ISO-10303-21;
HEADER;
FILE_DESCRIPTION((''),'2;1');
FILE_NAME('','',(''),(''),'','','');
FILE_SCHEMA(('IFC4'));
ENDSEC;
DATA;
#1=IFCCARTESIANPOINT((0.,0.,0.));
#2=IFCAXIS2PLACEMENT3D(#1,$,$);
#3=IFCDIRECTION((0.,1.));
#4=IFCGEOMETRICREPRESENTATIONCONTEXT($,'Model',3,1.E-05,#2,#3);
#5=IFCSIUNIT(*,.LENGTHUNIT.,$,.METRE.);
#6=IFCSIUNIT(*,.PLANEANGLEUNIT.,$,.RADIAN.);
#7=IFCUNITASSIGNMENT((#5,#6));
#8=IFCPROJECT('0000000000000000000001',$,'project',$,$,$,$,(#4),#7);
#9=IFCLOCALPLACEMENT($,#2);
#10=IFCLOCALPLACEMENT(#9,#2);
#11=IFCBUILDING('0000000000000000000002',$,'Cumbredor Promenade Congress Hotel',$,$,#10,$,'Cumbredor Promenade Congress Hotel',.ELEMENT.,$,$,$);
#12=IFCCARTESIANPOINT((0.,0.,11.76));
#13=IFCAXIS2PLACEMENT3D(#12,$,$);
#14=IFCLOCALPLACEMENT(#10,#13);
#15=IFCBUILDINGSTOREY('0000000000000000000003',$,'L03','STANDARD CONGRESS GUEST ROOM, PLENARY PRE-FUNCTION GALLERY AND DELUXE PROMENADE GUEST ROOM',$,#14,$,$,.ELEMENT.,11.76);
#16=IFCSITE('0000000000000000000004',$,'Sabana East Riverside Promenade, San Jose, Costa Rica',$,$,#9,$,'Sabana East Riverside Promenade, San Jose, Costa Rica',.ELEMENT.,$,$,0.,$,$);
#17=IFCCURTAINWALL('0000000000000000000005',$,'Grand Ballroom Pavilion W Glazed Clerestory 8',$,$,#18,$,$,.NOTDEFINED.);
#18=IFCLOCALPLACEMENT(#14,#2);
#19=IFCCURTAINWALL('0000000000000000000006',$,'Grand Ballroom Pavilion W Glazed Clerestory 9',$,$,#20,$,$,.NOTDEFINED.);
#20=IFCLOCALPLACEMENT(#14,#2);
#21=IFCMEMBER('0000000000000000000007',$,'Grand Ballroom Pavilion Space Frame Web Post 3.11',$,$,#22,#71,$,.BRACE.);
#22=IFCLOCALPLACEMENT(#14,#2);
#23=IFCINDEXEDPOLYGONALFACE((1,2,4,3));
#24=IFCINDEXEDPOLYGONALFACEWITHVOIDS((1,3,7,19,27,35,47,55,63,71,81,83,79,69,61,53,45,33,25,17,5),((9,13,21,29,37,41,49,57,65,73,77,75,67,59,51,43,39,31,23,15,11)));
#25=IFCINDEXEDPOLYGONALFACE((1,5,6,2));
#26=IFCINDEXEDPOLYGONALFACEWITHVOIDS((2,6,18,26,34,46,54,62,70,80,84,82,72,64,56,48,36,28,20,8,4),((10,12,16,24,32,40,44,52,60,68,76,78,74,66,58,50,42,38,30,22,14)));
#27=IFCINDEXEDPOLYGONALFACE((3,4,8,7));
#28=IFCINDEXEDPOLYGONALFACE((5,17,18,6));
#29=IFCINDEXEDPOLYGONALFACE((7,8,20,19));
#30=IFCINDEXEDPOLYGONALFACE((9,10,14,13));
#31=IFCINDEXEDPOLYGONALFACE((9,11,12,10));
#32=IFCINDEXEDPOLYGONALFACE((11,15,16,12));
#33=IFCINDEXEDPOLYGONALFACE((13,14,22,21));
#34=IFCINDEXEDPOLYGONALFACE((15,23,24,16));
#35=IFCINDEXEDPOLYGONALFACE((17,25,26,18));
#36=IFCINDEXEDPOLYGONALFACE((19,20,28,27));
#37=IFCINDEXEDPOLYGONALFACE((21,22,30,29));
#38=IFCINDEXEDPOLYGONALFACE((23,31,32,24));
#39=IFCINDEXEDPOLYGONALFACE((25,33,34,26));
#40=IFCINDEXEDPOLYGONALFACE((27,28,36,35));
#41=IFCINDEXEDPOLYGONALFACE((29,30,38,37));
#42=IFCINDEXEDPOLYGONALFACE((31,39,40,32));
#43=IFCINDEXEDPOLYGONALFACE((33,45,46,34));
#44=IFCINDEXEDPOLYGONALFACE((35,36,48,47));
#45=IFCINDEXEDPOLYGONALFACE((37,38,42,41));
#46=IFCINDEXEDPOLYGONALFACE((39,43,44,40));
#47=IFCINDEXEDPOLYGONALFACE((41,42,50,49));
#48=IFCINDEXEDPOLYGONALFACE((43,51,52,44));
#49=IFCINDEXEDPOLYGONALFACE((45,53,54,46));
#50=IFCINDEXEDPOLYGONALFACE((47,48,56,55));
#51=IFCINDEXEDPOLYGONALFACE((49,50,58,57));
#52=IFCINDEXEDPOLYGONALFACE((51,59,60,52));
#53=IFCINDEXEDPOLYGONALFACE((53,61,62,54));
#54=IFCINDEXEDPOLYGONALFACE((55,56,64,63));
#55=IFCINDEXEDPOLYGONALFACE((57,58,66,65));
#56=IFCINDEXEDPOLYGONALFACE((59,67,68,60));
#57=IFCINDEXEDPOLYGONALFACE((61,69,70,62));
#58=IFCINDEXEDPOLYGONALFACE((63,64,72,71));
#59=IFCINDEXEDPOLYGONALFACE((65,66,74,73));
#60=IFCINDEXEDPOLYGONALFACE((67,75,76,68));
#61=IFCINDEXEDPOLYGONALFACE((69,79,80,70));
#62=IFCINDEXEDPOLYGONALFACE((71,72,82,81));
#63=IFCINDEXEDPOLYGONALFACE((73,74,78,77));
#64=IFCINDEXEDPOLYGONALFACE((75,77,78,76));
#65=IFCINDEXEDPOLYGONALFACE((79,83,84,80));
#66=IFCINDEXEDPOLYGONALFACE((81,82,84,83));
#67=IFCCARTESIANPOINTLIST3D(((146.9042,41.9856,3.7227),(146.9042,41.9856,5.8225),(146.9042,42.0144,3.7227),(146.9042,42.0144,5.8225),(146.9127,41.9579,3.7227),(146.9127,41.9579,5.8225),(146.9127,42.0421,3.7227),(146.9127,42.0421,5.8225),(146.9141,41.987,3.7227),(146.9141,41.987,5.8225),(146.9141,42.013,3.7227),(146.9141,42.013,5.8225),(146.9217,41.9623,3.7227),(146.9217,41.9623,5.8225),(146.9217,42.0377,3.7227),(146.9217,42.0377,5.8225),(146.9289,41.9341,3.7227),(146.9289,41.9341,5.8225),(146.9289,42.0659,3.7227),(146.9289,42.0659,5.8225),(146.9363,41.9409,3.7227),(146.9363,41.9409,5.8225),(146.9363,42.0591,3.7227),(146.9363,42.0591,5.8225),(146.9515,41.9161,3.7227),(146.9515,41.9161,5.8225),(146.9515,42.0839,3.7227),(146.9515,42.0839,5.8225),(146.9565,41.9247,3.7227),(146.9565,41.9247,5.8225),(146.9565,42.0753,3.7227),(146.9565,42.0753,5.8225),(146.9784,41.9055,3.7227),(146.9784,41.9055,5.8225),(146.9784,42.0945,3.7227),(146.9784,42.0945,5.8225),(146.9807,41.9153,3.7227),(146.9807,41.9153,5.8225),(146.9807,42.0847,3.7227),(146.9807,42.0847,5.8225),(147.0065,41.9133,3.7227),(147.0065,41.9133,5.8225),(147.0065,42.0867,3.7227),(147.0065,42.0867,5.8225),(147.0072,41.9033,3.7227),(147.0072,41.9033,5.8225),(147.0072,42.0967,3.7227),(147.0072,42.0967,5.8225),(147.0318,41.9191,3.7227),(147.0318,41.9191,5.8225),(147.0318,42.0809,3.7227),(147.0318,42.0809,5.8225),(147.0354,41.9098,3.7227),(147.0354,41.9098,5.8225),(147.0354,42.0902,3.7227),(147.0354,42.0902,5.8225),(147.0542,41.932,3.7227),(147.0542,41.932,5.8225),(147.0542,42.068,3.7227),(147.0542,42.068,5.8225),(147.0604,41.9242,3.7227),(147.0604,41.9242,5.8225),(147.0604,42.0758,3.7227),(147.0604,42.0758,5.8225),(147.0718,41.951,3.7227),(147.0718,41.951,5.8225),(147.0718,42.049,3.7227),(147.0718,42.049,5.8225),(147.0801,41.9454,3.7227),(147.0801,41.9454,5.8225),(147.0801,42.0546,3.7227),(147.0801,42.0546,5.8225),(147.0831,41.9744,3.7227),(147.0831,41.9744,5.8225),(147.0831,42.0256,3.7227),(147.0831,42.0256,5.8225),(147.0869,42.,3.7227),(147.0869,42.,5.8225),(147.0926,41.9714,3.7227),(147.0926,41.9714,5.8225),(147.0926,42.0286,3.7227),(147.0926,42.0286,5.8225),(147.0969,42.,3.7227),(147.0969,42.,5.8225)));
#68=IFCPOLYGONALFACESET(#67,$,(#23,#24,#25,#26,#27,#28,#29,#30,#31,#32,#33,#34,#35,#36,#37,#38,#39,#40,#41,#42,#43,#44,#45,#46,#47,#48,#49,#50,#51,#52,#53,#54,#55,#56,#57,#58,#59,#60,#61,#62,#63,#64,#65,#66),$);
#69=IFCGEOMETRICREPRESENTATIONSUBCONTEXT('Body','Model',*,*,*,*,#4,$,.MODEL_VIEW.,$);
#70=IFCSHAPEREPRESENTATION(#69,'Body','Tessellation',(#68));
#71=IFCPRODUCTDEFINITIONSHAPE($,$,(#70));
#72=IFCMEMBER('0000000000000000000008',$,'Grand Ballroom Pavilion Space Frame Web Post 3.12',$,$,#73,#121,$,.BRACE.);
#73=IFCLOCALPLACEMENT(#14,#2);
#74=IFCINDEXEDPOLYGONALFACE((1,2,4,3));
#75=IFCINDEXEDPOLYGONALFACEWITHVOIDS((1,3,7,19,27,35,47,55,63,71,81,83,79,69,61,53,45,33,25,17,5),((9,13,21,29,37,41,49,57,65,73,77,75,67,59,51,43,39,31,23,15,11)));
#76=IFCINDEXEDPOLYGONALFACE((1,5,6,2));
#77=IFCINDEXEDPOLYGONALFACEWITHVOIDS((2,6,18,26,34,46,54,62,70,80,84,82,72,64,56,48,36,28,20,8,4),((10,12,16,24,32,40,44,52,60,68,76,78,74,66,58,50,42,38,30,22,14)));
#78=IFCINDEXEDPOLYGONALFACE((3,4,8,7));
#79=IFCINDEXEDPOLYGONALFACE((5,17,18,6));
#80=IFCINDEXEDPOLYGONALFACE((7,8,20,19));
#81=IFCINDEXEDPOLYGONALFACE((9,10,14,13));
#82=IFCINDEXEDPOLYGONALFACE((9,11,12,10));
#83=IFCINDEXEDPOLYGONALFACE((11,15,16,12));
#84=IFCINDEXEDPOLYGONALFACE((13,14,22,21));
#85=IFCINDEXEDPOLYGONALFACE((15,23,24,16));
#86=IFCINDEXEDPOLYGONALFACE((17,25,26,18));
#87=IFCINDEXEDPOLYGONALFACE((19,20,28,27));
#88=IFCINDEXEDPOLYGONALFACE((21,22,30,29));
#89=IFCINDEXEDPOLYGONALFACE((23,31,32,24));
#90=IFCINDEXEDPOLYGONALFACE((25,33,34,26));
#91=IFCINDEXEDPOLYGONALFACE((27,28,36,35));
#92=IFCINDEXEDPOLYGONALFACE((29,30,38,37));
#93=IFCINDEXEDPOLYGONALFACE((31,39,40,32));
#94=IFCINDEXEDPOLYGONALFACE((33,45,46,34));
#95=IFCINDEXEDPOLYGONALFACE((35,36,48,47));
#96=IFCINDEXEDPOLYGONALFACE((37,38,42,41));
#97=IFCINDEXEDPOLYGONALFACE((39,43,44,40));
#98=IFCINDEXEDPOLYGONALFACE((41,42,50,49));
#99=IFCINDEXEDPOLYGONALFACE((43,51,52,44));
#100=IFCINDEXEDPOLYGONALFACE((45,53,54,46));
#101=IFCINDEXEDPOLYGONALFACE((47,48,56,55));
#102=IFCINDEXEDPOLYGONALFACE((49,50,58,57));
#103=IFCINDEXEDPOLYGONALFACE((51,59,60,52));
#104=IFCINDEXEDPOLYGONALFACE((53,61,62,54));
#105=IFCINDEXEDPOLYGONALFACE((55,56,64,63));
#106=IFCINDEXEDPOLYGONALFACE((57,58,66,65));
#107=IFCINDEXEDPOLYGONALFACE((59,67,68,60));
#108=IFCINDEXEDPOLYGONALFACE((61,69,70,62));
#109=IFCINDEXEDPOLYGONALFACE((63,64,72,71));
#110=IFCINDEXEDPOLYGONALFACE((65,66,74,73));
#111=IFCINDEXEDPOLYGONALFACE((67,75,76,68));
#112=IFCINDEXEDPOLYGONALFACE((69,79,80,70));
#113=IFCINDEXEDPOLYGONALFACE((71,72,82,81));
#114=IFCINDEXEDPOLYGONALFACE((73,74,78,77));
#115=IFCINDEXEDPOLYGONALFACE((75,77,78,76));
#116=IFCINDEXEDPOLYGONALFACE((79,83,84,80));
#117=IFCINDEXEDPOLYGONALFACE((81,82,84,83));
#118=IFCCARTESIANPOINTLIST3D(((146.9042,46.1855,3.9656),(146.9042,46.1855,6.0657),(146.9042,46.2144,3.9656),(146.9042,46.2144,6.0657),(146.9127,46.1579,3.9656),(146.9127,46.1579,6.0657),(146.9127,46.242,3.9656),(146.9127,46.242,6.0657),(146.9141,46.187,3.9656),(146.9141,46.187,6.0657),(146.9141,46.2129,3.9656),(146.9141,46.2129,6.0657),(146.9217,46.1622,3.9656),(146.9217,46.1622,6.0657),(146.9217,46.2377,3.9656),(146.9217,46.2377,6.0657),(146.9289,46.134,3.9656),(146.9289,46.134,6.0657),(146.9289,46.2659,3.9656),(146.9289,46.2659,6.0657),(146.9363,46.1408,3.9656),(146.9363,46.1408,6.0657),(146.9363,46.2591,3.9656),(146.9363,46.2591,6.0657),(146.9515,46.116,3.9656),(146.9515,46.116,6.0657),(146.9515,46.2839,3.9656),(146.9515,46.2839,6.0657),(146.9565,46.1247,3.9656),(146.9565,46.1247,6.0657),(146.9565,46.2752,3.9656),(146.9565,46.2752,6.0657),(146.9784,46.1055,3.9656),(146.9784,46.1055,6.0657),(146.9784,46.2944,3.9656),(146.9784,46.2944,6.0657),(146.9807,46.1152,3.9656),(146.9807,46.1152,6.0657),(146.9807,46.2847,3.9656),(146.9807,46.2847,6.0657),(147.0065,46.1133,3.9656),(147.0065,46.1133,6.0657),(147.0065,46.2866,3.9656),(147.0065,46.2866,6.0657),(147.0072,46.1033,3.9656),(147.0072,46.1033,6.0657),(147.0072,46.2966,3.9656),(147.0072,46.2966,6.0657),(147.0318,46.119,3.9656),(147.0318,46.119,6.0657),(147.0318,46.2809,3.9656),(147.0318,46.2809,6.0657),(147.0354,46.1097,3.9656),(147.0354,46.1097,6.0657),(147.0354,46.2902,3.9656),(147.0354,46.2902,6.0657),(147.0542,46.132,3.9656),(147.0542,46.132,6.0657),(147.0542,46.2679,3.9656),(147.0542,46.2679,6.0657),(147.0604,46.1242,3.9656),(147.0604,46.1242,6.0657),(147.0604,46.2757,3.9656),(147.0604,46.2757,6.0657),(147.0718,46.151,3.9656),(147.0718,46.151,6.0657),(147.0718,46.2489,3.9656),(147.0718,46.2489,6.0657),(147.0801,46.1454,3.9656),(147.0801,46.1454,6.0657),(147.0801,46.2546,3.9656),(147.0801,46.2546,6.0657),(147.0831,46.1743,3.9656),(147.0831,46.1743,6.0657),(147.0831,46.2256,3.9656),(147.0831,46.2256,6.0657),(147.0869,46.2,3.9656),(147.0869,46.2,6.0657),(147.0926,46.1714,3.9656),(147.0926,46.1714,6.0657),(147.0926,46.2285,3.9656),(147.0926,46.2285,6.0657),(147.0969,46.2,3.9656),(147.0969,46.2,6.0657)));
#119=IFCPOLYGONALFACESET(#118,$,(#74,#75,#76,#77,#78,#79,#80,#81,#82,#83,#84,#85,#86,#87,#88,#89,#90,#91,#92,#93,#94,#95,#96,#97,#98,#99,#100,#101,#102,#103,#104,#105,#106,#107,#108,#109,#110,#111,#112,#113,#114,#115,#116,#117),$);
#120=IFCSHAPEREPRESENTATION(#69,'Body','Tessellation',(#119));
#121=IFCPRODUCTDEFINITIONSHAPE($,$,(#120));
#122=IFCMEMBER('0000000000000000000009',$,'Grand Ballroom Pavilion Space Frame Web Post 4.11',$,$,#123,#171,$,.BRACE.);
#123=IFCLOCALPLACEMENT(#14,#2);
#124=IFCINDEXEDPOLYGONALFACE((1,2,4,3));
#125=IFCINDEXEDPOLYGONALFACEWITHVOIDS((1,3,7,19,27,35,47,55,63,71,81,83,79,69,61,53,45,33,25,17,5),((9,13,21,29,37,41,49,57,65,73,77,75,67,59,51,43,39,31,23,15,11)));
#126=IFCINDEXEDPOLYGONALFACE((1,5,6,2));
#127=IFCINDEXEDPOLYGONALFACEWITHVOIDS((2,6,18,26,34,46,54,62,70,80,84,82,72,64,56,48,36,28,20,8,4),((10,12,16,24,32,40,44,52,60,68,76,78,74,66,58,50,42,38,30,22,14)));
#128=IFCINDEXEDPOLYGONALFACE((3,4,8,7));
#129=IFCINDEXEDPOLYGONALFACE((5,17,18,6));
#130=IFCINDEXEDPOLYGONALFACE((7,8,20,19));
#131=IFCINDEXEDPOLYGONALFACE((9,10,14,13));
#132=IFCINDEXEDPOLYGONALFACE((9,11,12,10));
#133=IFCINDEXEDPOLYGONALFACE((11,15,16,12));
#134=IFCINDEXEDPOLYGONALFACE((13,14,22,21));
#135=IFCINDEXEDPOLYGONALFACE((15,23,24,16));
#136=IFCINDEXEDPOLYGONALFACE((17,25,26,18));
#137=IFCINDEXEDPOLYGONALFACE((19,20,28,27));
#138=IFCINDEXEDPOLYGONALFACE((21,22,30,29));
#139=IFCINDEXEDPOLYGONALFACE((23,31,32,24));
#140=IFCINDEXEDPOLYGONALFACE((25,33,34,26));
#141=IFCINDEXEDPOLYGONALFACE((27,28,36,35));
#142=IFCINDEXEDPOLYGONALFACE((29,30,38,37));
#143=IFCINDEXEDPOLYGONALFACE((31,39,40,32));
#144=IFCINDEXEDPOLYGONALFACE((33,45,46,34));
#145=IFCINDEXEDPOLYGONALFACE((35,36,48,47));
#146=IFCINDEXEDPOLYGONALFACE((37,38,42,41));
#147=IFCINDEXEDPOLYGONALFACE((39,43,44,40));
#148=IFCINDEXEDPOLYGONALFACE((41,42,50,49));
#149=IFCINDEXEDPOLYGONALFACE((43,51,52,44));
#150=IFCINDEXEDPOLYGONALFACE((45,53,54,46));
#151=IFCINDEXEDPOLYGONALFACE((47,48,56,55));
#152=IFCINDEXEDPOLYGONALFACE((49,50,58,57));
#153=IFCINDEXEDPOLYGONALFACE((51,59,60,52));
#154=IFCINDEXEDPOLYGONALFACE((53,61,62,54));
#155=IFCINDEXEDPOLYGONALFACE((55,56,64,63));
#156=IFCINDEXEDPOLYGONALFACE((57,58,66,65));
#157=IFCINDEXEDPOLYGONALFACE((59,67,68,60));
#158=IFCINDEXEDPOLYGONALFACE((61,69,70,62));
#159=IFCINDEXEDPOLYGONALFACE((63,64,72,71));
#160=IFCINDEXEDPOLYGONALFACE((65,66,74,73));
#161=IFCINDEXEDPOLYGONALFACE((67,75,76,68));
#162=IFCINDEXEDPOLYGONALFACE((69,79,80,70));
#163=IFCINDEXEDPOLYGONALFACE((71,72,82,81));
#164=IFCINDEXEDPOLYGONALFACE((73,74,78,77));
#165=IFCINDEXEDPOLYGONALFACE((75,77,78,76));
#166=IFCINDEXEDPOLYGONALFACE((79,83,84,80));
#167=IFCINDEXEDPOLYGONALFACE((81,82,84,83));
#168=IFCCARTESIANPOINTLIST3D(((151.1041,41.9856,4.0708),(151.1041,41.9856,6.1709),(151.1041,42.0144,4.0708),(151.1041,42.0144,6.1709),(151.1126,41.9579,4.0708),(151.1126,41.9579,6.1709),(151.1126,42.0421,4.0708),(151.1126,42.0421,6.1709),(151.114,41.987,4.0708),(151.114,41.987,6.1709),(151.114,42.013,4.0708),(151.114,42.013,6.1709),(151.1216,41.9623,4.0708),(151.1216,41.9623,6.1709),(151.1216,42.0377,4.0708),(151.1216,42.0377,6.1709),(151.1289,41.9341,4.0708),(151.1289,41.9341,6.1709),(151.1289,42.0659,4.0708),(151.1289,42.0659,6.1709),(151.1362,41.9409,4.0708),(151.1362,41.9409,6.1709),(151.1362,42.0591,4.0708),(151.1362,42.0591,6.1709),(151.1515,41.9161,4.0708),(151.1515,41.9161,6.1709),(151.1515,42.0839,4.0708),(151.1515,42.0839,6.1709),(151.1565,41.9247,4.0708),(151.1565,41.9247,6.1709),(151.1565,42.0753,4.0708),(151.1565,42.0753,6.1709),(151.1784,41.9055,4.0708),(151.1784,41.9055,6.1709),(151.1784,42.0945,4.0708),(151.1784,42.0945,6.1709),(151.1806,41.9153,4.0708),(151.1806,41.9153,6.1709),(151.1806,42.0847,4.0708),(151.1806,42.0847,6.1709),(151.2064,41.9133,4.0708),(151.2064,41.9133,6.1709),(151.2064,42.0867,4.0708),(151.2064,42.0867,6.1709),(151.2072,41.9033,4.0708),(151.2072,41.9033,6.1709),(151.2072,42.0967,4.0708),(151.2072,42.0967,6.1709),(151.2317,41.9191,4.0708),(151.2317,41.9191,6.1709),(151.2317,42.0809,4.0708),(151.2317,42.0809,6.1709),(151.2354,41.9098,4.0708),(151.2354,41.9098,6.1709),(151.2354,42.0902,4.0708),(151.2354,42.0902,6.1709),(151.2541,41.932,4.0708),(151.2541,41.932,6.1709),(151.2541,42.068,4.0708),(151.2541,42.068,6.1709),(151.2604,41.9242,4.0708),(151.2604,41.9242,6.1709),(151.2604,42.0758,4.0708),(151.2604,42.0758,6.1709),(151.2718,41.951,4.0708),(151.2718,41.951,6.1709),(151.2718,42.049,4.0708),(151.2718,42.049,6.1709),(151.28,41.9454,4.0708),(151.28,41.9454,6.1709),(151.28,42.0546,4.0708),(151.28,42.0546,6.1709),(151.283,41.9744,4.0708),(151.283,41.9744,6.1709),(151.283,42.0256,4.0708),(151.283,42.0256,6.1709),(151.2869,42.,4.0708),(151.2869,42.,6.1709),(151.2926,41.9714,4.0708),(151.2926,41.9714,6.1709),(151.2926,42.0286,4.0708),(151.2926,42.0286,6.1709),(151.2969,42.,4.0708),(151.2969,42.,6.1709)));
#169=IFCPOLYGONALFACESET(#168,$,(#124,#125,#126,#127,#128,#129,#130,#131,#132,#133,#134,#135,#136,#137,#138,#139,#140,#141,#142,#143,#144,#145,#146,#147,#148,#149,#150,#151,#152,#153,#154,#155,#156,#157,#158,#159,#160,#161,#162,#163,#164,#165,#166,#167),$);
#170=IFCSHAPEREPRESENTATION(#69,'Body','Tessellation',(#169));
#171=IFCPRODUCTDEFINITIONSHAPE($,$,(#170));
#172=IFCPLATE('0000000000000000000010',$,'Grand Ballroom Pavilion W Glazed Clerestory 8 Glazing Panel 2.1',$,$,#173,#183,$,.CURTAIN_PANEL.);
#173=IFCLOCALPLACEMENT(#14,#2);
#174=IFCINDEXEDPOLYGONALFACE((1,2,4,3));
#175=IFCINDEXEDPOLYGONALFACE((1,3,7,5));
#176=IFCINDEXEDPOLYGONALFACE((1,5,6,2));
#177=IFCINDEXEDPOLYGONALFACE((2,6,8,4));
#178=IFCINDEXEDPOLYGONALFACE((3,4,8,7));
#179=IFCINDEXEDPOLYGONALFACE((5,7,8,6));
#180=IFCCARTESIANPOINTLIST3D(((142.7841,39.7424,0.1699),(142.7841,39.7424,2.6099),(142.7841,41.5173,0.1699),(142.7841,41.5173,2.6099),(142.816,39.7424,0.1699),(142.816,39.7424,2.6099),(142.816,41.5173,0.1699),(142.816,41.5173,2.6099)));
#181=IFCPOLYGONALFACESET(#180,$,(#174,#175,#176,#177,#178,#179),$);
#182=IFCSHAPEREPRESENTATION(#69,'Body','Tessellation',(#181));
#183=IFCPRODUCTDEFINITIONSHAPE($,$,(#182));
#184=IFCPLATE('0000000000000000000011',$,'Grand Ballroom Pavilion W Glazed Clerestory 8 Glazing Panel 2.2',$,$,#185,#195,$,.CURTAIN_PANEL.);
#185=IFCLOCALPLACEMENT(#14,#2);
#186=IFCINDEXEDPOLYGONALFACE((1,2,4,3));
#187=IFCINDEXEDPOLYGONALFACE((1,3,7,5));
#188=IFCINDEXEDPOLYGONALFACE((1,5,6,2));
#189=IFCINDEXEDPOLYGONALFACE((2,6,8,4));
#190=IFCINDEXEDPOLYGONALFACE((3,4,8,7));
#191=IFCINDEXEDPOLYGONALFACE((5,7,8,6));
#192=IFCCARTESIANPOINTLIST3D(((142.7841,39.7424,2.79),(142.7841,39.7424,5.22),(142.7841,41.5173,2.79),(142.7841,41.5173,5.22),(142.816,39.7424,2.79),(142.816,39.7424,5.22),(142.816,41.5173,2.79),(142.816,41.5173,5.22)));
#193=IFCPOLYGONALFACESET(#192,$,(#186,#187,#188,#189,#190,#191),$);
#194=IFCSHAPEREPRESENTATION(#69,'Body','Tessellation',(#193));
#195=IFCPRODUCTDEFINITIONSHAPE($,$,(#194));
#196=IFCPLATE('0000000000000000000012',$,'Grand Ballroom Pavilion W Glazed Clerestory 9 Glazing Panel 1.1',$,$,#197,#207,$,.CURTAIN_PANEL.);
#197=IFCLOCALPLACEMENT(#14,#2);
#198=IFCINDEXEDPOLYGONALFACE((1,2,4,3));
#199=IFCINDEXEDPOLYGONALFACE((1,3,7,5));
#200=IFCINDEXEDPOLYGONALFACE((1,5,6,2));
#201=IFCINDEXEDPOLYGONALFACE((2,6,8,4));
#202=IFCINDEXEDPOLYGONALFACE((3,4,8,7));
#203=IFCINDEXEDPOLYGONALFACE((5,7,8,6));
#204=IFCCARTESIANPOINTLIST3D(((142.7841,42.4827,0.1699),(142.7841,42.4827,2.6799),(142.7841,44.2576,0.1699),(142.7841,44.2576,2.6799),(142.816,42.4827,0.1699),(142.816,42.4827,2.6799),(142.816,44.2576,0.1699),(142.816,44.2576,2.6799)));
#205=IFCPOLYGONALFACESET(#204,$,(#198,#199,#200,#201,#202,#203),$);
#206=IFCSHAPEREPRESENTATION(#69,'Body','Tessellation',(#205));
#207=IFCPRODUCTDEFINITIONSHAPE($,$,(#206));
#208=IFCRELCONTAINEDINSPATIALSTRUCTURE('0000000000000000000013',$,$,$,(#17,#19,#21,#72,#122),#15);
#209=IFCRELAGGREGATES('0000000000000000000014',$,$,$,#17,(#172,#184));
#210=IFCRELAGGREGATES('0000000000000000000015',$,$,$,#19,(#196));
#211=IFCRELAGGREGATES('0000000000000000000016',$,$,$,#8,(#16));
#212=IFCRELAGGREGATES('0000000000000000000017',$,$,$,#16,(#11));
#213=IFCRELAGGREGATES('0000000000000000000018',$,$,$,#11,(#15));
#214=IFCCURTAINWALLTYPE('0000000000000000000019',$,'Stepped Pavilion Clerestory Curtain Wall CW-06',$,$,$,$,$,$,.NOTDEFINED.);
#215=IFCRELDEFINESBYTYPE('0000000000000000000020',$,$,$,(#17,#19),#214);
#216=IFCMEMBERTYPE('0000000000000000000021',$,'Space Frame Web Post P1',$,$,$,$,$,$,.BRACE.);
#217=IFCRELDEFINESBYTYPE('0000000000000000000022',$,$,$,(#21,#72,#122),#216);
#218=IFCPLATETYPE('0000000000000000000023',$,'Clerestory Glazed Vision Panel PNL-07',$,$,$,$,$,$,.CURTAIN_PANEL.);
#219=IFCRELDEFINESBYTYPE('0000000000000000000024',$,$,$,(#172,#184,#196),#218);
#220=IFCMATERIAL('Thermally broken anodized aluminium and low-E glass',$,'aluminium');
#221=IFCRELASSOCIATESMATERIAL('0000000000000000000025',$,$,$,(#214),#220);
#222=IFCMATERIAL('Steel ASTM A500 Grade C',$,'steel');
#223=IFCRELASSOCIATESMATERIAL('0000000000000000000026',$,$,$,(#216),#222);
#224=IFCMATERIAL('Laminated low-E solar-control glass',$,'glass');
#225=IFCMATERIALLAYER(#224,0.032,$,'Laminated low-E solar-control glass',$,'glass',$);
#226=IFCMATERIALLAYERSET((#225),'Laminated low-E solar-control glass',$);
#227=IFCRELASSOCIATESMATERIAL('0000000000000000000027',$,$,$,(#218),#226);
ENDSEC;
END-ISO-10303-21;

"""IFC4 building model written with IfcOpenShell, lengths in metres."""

from ifc_helpers import new_model, si_unit, direction, frame, origin, origin_2d, place, context, subcontext, project, spatial, rectangle, hollow_circle, extrude, material, layer, layer_set, material_profile, profile_set, type_object, element, aggregate, save


model = new_model("IFC4")

# Units and contexts
model_context = context("Model", 3, precision=1e-05, world=origin(), true_north=direction((0.0, 1.0)))
body_context = subcontext(model_context, "Body", "Model", "MODEL_VIEW")
ifc_project = project(units=[si_unit("LENGTHUNIT", "METRE"), si_unit("PLANEANGLEUNIT", "RADIAN")], contexts=[model_context])

# Site, building, storey
site_placement = place(None, origin())
site = spatial("IfcSite", under=ifc_project, at=site_placement, Name="Sabana East Riverside Promenade, San Jose, Costa Rica", LongName="Sabana East Riverside Promenade, San Jose, Costa Rica", CompositionType="ELEMENT", RefElevation=0.0)
building_placement = place(site_placement, origin())
building = spatial("IfcBuilding", under=site, at=building_placement, Name="Cumbredor Promenade Congress Hotel", LongName="Cumbredor Promenade Congress Hotel", CompositionType="ELEMENT")
storey_placement = place(building_placement, frame((0.0, 0.0, 11.76)))
storey = spatial("IfcBuildingStorey", under=building, at=storey_placement, Name="L03", Description="STANDARD CONGRESS GUEST ROOM, PLENARY PRE-FUNCTION GALLERY AND DELUXE PROMENADE GUEST ROOM", CompositionType="ELEMENT", Elevation=11.76)

# Shared definitions
ifc_material_1 = material(Name="Steel ASTM A500 Grade C", Category="steel")

# Curtain wall
ifc_material_2 = material(Name="Thermally broken anodized aluminium and low-E glass", Category="aluminium")
curtain_wall_type = type_object("IfcCurtainWallType", Name="Stepped Pavilion Clerestory Curtain Wall CW-06", PredefinedType="NOTDEFINED", material=ifc_material_2)
curtain_wall_1_placement = place(storey_placement, origin())
curtain_wall_1 = element("IfcCurtainWall", 1, at=curtain_wall_1_placement, inside=storey, type_object=curtain_wall_type, Name="Grand Ballroom Pavilion W Glazed Clerestory 8", PredefinedType="NOTDEFINED")

# Curtain wall
curtain_wall_2_placement = place(storey_placement, origin())
curtain_wall_2 = element("IfcCurtainWall", 2, at=curtain_wall_2_placement, inside=storey, type_object=curtain_wall_type, Name="Grand Ballroom Pavilion W Glazed Clerestory 9", PredefinedType="NOTDEFINED")

# Members
ifc_material_profile_1 = material_profile(ifc_material_1, hollow_circle(Radius=0.0969, WallThickness=0.01, at=origin_2d()), Name="CHS 193.7x10")
ifc_profile_set_1 = profile_set([ifc_material_profile_1], Name="Steel ASTM A500 Grade C")
member_type_1 = type_object("IfcMemberType", Name="Space Frame Web Post P1", PredefinedType="BRACE", material=ifc_profile_set_1)
member_1_placement = place(storey_placement, frame((147.0, 42.0, 3.7227), z_axis=(0.0, 0.0, 1.0), x_axis=(1.0, 0.0, 0.0)))
element("IfcMember", 3, at=member_1_placement, inside=storey, type_object=member_type_1, Name="Grand Ballroom Pavilion Space Frame Web Post 3.11", PredefinedType="BRACE", context=body_context, shape_type="SweptSolid", body=[
    extrude(hollow_circle(Radius=0.0969, WallThickness=0.01, at=origin_2d()), origin(), (0.0, 0.0, 1.0), 2.0999),
])
for number, where, z_axis, x_axis, name in (
    (4, (147.0, 46.2, 3.9656), (0.0, 0.0, 1.0), (1.0, 0.0, 0.0), "Grand Ballroom Pavilion Space Frame Web Post 3.12"),
    (5, (151.2, 42.0, 4.0708), (0.0, 0.0, 1.0), (1.0, 0.0, 0.0), "Grand Ballroom Pavilion Space Frame Web Post 4.11"),
):
    element("IfcMember", number, at=place(storey_placement, frame(where, z_axis=z_axis, x_axis=x_axis)), inside=storey, type_object=member_type_1, Name=name, PredefinedType="BRACE", context=body_context, shape_type="SweptSolid", body=[
        extrude(hollow_circle(Radius=0.0969, WallThickness=0.01, at=origin_2d()), origin(), (0.0, 0.0, 1.0), 2.1001),
    ])

# Plates
ifc_material_3 = material(Name="Laminated low-E solar-control glass", Category="glass")
ifc_layer_1 = layer(ifc_material_3, 0.032, Name="Laminated low-E solar-control glass", Category="glass")
ifc_layer_set_1 = layer_set([ifc_layer_1], Name="Laminated low-E solar-control glass")
plate_type_1 = type_object("IfcPlateType", Name="Clerestory Glazed Vision Panel PNL-07", PredefinedType="CURTAIN_PANEL", material=ifc_layer_set_1)
plate_1_placement = place(storey_placement, frame((142.8, 40.6299, 0.1699), z_axis=(0.0, 0.0, 1.0), x_axis=(0.0, 1.0, 0.0)))
plate_1 = element("IfcPlate", 6, at=plate_1_placement, type_object=plate_type_1, Name="Grand Ballroom Pavilion W Glazed Clerestory 8 Glazing Panel 2.1", PredefinedType="CURTAIN_PANEL", context=body_context, shape_type="SweptSolid", body=[
    extrude(rectangle(XDim=1.7749, YDim=0.032, at=origin_2d()), origin(), (0.0, 0.0, 1.0), 2.4399),
])
plate_2_placement = place(storey_placement, frame((142.8, 40.6299, 2.79), z_axis=(0.0, 0.0, 1.0), x_axis=(0.0, 1.0, 0.0)))
plate_2 = element("IfcPlate", 7, at=plate_2_placement, type_object=plate_type_1, Name="Grand Ballroom Pavilion W Glazed Clerestory 8 Glazing Panel 2.2", PredefinedType="CURTAIN_PANEL", context=body_context, shape_type="SweptSolid", body=[
    extrude(rectangle(XDim=1.7749, YDim=0.032, at=origin_2d()), origin(), (0.0, 0.0, 1.0), 2.4299),
])
aggregate(curtain_wall_1, [plate_1, plate_2])
plate_3_placement = place(storey_placement, frame((142.8, 43.3701, 0.1699), z_axis=(0.0, 0.0, 1.0), x_axis=(0.0, 1.0, 0.0)))
plate_3 = element("IfcPlate", 8, at=plate_3_placement, type_object=plate_type_1, Name="Grand Ballroom Pavilion W Glazed Clerestory 9 Glazing Panel 1.1", PredefinedType="CURTAIN_PANEL", context=body_context, shape_type="SweptSolid", body=[
    extrude(rectangle(XDim=1.7749, YDim=0.032, at=origin_2d()), origin(), (0.0, 0.0, 1.0), 2.51),
])
aggregate(curtain_wall_2, [plate_3])

save(model, "model.ifc")
